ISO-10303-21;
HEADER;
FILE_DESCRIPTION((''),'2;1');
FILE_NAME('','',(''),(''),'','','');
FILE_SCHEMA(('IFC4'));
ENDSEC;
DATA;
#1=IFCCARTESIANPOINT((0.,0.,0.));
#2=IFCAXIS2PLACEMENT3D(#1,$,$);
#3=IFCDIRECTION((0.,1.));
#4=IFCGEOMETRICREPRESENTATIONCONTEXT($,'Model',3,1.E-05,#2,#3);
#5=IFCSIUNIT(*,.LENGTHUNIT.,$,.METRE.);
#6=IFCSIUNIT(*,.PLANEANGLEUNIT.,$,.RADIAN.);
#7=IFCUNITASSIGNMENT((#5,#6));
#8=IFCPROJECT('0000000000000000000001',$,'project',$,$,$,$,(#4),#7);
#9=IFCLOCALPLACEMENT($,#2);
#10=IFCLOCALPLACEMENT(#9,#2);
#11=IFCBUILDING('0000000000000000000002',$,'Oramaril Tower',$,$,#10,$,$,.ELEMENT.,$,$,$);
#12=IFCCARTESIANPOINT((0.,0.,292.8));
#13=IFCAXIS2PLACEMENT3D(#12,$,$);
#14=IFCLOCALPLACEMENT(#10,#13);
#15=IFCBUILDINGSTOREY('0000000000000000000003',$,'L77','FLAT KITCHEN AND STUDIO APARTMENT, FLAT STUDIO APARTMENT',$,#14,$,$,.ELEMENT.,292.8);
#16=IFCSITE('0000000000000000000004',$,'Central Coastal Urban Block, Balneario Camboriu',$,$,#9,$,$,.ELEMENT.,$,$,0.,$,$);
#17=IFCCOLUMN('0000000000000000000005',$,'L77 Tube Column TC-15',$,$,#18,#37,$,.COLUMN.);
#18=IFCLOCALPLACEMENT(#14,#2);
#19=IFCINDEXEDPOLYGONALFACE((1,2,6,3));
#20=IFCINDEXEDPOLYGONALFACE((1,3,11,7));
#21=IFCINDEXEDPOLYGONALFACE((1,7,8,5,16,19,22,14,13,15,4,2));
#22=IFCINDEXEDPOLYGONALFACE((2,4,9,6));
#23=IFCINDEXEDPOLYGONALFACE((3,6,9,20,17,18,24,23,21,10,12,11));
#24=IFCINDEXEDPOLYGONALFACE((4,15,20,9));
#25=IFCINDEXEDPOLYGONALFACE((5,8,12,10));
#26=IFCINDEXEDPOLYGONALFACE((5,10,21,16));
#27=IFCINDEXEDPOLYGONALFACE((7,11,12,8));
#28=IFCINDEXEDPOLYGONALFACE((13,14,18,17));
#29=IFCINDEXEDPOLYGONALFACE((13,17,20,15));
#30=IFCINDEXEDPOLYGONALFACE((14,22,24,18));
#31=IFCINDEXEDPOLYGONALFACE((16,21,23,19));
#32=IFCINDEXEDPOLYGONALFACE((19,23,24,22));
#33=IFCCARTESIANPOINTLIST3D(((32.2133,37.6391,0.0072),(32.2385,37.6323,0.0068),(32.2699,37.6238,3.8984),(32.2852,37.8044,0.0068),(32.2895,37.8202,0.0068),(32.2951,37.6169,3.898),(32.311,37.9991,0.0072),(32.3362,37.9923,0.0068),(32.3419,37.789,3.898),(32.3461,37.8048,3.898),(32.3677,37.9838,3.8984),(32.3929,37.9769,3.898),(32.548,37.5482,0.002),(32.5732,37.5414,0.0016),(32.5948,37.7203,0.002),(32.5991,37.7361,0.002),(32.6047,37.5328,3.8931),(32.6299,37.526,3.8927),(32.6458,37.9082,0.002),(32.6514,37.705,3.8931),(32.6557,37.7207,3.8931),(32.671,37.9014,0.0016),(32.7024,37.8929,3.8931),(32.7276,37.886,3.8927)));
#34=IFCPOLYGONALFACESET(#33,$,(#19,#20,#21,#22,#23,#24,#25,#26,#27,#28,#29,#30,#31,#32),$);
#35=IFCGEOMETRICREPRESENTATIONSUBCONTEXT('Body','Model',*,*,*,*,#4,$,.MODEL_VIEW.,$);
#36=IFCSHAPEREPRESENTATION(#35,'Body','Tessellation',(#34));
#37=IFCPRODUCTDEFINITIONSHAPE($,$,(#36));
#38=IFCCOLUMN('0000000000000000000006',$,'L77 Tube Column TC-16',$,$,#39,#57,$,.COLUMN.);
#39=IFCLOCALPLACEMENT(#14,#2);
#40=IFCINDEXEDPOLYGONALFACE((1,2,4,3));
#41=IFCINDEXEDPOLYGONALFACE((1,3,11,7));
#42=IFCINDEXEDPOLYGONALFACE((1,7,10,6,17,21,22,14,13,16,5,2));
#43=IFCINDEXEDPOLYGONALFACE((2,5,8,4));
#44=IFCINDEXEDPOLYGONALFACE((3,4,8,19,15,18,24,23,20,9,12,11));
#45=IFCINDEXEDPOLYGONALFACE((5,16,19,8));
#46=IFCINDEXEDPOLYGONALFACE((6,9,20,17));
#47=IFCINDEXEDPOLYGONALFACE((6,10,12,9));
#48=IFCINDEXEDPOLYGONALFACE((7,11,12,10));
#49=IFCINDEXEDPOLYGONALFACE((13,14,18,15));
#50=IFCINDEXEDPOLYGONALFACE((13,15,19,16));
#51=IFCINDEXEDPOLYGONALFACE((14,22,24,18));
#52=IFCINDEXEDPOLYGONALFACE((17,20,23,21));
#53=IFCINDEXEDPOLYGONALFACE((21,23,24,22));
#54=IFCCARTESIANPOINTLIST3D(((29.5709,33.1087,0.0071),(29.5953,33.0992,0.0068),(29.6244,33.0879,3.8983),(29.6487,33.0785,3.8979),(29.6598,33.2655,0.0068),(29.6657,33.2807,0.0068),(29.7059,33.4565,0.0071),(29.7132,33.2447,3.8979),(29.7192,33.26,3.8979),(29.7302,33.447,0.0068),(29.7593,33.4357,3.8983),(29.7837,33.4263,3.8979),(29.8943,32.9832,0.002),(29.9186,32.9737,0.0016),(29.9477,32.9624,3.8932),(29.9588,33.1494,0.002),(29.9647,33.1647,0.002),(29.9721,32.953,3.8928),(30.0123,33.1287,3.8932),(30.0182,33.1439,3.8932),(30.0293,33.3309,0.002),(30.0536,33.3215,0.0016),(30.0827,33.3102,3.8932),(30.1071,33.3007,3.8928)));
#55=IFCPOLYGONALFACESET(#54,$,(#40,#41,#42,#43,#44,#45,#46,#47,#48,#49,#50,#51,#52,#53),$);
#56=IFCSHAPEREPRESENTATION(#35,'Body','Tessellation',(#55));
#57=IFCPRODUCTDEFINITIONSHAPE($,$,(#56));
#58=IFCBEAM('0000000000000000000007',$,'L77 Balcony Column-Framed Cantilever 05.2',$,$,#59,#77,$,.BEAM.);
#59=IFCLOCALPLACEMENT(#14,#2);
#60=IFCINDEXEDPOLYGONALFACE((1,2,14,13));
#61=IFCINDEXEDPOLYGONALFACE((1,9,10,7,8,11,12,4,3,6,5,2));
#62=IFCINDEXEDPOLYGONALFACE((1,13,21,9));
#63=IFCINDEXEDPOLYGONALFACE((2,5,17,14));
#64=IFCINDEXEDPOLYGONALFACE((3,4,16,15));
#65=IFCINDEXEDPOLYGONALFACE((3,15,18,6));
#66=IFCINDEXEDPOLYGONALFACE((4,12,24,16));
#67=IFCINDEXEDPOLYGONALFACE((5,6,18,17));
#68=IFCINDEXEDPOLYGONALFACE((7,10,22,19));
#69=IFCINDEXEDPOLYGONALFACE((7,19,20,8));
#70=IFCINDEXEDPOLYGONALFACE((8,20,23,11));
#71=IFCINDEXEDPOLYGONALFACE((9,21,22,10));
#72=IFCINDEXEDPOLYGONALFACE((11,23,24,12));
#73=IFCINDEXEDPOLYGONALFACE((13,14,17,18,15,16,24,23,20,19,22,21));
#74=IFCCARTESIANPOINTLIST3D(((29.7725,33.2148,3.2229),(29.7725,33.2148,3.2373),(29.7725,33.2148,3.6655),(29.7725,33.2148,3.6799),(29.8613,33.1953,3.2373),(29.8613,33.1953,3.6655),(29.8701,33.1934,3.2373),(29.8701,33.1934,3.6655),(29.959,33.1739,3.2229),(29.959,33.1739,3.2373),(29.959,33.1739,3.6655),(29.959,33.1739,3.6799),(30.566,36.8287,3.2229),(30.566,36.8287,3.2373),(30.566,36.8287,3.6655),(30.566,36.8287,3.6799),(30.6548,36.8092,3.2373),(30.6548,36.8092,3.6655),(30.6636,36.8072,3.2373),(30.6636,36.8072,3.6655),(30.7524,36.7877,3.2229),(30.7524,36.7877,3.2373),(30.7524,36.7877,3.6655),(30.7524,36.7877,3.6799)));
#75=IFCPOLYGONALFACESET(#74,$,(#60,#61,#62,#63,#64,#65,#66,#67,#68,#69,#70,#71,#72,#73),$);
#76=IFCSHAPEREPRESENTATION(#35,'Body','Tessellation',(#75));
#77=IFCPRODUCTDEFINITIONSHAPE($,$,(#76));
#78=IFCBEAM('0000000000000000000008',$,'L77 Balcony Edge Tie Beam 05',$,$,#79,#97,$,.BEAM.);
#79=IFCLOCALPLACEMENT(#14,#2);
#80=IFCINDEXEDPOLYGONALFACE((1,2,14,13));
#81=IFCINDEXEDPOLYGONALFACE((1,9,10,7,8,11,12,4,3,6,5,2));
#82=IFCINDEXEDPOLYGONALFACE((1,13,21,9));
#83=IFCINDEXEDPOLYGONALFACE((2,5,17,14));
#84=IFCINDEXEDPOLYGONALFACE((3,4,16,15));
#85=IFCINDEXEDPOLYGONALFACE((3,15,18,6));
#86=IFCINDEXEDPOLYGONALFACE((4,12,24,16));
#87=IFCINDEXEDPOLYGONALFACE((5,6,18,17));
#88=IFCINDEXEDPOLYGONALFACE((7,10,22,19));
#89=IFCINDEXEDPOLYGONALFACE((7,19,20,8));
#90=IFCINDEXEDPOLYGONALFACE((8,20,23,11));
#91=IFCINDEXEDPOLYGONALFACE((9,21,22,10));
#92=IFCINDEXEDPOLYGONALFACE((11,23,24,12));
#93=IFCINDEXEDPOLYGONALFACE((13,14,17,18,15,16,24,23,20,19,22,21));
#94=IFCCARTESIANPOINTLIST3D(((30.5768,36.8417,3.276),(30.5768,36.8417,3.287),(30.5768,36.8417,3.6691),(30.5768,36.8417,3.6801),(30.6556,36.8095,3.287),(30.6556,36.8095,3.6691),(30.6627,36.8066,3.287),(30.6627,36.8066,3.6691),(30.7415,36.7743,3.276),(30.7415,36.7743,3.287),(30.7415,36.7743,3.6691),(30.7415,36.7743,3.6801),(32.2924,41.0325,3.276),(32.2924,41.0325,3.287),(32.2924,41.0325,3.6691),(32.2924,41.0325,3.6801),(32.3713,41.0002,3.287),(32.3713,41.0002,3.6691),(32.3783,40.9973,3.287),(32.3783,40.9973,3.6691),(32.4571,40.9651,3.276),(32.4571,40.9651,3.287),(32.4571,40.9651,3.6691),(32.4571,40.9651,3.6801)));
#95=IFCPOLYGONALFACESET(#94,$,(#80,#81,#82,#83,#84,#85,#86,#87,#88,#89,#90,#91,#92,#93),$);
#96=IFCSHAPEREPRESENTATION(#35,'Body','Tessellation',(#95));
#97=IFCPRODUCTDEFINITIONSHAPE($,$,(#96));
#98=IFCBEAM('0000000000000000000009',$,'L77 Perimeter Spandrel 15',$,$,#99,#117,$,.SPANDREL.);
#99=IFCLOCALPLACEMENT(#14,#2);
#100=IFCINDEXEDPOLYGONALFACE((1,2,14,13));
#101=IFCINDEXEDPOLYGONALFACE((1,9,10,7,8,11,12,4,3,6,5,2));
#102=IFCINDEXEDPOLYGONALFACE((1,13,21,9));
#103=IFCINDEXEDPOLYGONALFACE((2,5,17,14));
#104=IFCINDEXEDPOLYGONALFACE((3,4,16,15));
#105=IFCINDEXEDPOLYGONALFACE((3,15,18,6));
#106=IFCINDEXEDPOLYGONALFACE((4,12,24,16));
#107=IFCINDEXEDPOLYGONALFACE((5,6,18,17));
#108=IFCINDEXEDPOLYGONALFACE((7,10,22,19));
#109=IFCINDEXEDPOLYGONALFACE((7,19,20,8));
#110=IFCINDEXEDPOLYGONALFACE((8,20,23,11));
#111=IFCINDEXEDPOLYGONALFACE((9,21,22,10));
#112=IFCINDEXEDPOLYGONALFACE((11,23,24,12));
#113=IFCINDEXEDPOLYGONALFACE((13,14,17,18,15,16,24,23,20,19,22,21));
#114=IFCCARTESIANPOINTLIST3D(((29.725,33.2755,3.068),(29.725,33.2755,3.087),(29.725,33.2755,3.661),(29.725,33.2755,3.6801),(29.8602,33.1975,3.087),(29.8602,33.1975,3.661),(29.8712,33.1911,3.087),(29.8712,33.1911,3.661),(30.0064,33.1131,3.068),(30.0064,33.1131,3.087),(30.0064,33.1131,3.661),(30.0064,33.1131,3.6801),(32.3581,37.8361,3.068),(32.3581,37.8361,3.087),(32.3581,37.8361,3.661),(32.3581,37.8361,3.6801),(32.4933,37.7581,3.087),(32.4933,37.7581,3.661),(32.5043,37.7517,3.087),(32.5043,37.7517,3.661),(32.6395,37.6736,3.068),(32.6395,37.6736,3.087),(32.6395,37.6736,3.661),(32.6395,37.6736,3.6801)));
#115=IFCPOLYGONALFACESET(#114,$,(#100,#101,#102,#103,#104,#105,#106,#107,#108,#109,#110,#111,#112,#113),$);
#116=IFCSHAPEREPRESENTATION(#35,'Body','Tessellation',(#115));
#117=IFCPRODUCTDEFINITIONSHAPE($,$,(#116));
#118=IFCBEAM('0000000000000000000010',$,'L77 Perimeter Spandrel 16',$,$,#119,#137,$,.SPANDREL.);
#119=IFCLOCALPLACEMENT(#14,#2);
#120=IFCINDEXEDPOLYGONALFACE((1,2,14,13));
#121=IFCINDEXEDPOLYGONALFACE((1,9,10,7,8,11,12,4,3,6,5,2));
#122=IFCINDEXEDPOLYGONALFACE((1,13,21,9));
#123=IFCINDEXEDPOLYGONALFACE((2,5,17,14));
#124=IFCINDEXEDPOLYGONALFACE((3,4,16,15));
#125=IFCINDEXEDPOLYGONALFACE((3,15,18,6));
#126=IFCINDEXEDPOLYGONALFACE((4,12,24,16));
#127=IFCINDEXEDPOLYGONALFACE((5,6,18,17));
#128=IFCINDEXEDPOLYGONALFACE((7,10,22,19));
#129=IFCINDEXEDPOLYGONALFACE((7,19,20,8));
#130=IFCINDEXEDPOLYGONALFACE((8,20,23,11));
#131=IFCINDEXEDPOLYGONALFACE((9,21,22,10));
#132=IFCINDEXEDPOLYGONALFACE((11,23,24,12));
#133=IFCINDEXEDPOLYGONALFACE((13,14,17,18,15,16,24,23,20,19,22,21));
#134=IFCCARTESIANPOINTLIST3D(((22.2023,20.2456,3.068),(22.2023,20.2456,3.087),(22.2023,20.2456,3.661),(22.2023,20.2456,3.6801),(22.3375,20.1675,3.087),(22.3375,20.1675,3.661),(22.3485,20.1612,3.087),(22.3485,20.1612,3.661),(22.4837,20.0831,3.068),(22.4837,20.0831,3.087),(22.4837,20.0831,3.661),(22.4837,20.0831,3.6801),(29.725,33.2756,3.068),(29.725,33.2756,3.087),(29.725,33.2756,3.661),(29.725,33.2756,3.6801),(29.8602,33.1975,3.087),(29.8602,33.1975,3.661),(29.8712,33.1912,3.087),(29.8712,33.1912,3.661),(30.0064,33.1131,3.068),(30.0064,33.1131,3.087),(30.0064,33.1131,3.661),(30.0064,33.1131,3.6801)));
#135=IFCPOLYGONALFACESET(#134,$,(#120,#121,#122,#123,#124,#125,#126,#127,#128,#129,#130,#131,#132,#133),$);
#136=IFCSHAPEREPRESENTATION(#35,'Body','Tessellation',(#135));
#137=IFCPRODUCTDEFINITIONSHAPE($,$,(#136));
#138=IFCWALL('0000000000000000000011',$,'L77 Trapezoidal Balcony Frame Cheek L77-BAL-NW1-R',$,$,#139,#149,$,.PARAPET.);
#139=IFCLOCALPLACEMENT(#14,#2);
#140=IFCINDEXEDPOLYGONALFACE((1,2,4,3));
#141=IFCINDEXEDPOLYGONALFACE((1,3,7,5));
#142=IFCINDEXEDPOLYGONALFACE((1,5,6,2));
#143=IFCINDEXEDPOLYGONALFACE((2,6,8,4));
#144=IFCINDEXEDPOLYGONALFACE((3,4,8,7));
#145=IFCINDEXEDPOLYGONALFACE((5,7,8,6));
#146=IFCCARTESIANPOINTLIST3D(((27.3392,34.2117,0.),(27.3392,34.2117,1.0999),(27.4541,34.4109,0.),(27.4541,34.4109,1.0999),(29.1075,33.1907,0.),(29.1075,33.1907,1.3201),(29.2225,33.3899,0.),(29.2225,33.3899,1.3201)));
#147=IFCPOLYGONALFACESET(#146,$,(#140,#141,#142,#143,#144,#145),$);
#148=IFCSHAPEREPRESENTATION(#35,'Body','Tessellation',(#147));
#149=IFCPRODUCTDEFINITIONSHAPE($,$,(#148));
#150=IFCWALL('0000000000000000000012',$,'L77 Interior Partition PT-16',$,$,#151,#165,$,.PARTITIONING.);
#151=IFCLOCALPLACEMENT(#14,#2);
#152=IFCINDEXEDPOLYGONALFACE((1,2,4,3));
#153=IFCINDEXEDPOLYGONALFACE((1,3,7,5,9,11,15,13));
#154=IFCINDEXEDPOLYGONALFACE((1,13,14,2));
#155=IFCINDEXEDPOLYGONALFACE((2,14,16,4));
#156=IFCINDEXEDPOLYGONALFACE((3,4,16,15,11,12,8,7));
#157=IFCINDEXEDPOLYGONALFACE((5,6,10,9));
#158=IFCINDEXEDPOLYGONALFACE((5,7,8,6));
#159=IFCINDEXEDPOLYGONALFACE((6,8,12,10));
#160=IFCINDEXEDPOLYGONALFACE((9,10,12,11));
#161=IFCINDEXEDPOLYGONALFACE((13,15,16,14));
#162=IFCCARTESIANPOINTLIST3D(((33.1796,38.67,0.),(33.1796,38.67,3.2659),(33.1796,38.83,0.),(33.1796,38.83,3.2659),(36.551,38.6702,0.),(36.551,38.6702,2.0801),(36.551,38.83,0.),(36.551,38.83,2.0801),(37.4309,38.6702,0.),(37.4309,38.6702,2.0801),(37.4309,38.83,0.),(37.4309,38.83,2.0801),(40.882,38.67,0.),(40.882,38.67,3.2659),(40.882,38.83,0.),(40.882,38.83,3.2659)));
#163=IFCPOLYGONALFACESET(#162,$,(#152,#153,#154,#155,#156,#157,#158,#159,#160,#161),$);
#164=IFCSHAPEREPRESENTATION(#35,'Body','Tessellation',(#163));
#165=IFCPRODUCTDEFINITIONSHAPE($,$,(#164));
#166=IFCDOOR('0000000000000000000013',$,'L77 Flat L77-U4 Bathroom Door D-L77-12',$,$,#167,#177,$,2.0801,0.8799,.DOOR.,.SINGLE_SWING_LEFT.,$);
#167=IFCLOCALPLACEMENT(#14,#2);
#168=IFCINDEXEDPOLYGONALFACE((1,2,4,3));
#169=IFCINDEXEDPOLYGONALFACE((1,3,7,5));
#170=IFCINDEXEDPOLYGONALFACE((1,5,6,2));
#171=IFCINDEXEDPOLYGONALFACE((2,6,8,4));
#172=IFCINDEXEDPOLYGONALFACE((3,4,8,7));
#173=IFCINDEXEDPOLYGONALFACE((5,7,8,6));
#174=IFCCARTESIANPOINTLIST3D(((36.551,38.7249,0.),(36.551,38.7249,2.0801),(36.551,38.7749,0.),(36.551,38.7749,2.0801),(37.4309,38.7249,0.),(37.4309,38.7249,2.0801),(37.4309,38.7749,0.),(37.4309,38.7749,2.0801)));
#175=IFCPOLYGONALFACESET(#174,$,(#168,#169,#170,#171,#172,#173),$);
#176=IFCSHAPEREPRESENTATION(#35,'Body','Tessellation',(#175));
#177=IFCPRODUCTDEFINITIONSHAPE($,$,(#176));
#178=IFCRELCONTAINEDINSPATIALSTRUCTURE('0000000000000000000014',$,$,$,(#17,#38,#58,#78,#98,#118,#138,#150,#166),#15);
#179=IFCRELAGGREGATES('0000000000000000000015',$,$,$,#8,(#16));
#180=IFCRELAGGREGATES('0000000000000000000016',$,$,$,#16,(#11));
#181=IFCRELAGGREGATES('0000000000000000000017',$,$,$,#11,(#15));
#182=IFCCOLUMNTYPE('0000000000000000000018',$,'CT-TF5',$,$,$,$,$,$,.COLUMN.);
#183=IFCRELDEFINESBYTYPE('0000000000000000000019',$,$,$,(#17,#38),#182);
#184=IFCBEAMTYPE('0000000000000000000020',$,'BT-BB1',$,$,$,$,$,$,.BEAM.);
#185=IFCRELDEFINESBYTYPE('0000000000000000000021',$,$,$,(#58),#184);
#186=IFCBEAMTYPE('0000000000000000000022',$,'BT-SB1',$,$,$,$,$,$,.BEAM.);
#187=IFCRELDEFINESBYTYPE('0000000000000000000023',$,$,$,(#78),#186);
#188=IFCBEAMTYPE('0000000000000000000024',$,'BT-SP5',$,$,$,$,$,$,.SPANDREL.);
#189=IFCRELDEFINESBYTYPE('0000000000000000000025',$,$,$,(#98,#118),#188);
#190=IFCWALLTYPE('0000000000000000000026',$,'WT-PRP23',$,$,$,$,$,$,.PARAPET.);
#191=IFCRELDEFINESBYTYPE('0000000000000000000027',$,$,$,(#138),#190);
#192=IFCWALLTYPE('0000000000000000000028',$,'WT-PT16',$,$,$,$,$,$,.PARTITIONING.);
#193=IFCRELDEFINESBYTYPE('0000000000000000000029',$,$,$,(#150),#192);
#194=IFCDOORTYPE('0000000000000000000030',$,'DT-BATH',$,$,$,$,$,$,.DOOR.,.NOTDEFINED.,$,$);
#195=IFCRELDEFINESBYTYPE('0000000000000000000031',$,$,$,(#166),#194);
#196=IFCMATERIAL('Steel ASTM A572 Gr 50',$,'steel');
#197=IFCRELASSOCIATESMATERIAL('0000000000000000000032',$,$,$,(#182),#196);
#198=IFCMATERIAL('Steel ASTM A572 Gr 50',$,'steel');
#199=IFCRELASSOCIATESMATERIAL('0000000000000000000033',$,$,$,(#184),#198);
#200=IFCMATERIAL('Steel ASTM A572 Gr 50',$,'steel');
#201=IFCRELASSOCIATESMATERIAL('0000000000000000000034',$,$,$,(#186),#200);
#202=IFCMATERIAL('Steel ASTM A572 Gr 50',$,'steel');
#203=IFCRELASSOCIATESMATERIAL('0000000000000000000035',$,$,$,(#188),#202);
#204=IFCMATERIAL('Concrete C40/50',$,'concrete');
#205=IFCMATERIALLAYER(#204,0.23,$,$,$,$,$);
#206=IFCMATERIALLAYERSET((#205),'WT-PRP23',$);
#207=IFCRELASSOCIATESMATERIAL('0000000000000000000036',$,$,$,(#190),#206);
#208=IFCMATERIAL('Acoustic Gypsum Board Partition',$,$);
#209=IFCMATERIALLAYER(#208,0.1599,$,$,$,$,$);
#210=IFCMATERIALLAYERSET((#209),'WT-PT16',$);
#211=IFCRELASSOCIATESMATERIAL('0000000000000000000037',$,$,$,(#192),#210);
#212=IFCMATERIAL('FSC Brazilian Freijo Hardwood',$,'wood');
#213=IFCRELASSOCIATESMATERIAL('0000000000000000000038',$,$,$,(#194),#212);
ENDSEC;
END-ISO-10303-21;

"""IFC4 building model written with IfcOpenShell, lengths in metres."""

from ifc_helpers import new_model, si_unit, direction, frame, frame_2d, origin, origin_2d, place, context, subcontext, project, spatial, polyline, rectangle, i_section, outline, extrude, material, layer, layer_set, material_profile, profile_set, type_object, element, fill, save


model = new_model("IFC4")

# Units and contexts
model_context = context("Model", 3, precision=1e-05, world=origin(), true_north=direction((0.0, 1.0)))
body_context = subcontext(model_context, "Body", "Model", "MODEL_VIEW")
ifc_project = project(units=[si_unit("LENGTHUNIT", "METRE"), si_unit("PLANEANGLEUNIT", "RADIAN")], contexts=[model_context])

# Site, building, storey
site_placement = place(None, origin())
site = spatial("IfcSite", under=ifc_project, at=site_placement, Name="Central Coastal Urban Block, Balneario Camboriu", CompositionType="ELEMENT", RefElevation=0.0)
building_placement = place(site_placement, origin())
building = spatial("IfcBuilding", under=site, at=building_placement, Name="Oramaril Tower", CompositionType="ELEMENT")
storey_placement = place(building_placement, frame((0.0, 0.0, 292.8)))
storey = spatial("IfcBuildingStorey", under=building, at=storey_placement, Name="L77", Description="FLAT KITCHEN AND STUDIO APARTMENT, FLAT STUDIO APARTMENT", CompositionType="ELEMENT", Elevation=292.8)

# Columns
ifc_material_1 = material(Name="Steel ASTM A572 Gr 50", Category="steel")
ifc_material_profile_1 = material_profile(ifc_material_1, i_section(OverallWidth=0.373, OverallDepth=0.373, WebThickness=0.0164, FlangeThickness=0.0261, at=origin_2d()), Name="W14X132")
ifc_profile_set_1 = profile_set([ifc_material_profile_1], Name="Steel ASTM A572 Gr 50")
column_type = type_object("IfcColumnType", Name="CT-TF5", PredefinedType="COLUMN", material=ifc_profile_set_1)
for number, where, z_axis, x_axis, name in (
    (1, (32.4421, 37.7703, 0.0044), (0.014555, -0.003952, 0.999886), (0.262061, 0.965051, 0.0), "L77 Tube Column TC-15"),
    (2, (29.8123, 33.2151, 0.0044), (0.013739, -0.005333, 0.999891), (0.36183, 0.932244, 0.0), "L77 Tube Column TC-16"),
):
    element("IfcColumn", number, at=place(storey_placement, frame(where, z_axis=z_axis, x_axis=x_axis)), inside=storey, type_object=column_type, Name=name, PredefinedType="COLUMN", context=body_context, shape_type="SweptSolid", body=[
        extrude(i_section(OverallWidth=0.373, OverallDepth=0.373, WebThickness=0.0164, FlangeThickness=0.0261, at=origin_2d()), origin(), (0.0, 0.0, 1.0), 3.8916),
    ])

# Beams
ifc_material_2 = material(Name="Steel ASTM A572 Gr 50", Category="steel")
ifc_material_profile_2 = material_profile(ifc_material_2, i_section(OverallWidth=0.1909, OverallDepth=0.457, WebThickness=0.009, FlangeThickness=0.0144, at=origin_2d()), Name="W18X50")
ifc_profile_set_2 = profile_set([ifc_material_profile_2], Name="Steel ASTM A572 Gr 50")
beam_type_1 = type_object("IfcBeamType", Name="BT-BB1", PredefinedType="BEAM", material=ifc_profile_set_2)
beam_1_placement = place(storey_placement, frame((29.8657, 33.1943, 3.4514), z_axis=(0.214456, 0.976734, 0.0), x_axis=(-0.976734, 0.214456, 0.0)))
element("IfcBeam", 3, at=beam_1_placement, inside=storey, type_object=beam_type_1, Name="L77 Balcony Column-Framed Cantilever 05.2", PredefinedType="BEAM", context=body_context, shape_type="SweptSolid", body=[
    extrude(i_section(OverallWidth=0.1909, OverallDepth=0.457, WebThickness=0.009, FlangeThickness=0.0144, at=origin_2d()), origin(), (0.0, 0.0, 1.0), 3.7),
])
ifc_material_3 = material(Name="Steel ASTM A572 Gr 50", Category="steel")
ifc_material_profile_3 = material_profile(ifc_material_3, i_section(OverallWidth=0.178, OverallDepth=0.4041, WebThickness=0.0076, FlangeThickness=0.011, at=origin_2d()), Name="W16X36")
ifc_profile_set_3 = profile_set([ifc_material_profile_3], Name="Steel ASTM A572 Gr 50")
beam_type_2 = type_object("IfcBeamType", Name="BT-SB1", PredefinedType="BEAM", material=ifc_profile_set_3)
beam_2_placement = place(storey_placement, frame((32.3748, 40.9988, 3.478), z_axis=(-0.378862, -0.925453, 0.0), x_axis=(0.925453, -0.378862, 0.0)))
element("IfcBeam", 4, at=beam_2_placement, inside=storey, type_object=beam_type_2, Name="L77 Balcony Edge Tie Beam 05", PredefinedType="BEAM", context=body_context, shape_type="SweptSolid", body=[
    extrude(i_section(OverallWidth=0.178, OverallDepth=0.4041, WebThickness=0.0076, FlangeThickness=0.011, at=origin_2d()), origin(), (0.0, 0.0, 1.0), 4.5283),
])
ifc_material_4 = material(Name="Steel ASTM A572 Gr 50", Category="steel")
ifc_material_profile_4 = material_profile(ifc_material_4, i_section(OverallWidth=0.325, OverallDepth=0.6121, WebThickness=0.0127, FlangeThickness=0.019, at=origin_2d()), Name="W24X104")
ifc_profile_set_4 = profile_set([ifc_material_profile_4], Name="Steel ASTM A572 Gr 50")
beam_type_3 = type_object("IfcBeamType", Name="BT-SP5", PredefinedType="SPANDREL", material=ifc_profile_set_4)
beam_3_placement = place(storey_placement, frame((32.4988, 37.7549, 3.374), z_axis=(-0.500003, -0.866023, 0.0), x_axis=(0.866023, -0.500003, 0.0)))
element("IfcBeam", 5, at=beam_3_placement, inside=storey, type_object=beam_type_3, Name="L77 Perimeter Spandrel 15", PredefinedType="SPANDREL", context=body_context, shape_type="SweptSolid", body=[
    extrude(i_section(OverallWidth=0.325, OverallDepth=0.6121, WebThickness=0.0127, FlangeThickness=0.019, at=origin_2d()), origin(), (0.0, 0.0, 1.0), 5.2661),
])
beam_4_placement = place(storey_placement, frame((29.8657, 33.1943, 3.374), z_axis=(-0.499991, -0.866031, 0.0), x_axis=(0.866031, -0.499991, 0.0)))
element("IfcBeam", 6, at=beam_4_placement, inside=storey, type_object=beam_type_3, Name="L77 Perimeter Spandrel 16", PredefinedType="SPANDREL", context=body_context, shape_type="SweptSolid", body=[
    extrude(i_section(OverallWidth=0.325, OverallDepth=0.6121, WebThickness=0.0127, FlangeThickness=0.019, at=origin_2d()), origin(), (0.0, 0.0, 1.0), 15.0457),
])

# Wall
ifc_material_5 = material(Name="Concrete C40/50", Category="concrete")
ifc_layer_1 = layer(ifc_material_5, 0.23)
ifc_layer_set_1 = layer_set([ifc_layer_1], Name="WT-PRP23")
wall_type_1 = type_object("IfcWallType", Name="WT-PRP23", PredefinedType="PARAPET", material=ifc_layer_set_1)
wall_1_placement = place(storey_placement, frame((29.165, 33.2903, 0.0), z_axis=(0.0, 0.0, 1.0), x_axis=(-0.866012, 0.500023, 0.0)))
element("IfcWall", 7, at=wall_1_placement, inside=storey, type_object=wall_type_1, Name="L77 Trapezoidal Balcony Frame Cheek L77-BAL-NW1-R", PredefinedType="PARAPET", context=body_context, shape_type="SweptSolid", body=[
    extrude(outline(polyline([(0.0, 0.0), (2.042, 0.0), (2.042, 1.0999), (0.0, 1.3201), (0.0, 0.0)])), frame((0.0, 0.115, 0.0), z_axis=(0.0, -1.0, 0.0), x_axis=(1.0, 0.0, 0.0)), (0.0, 0.0, 1.0), 0.23),
])

# Wall, opening, door
ifc_material_6 = material(Name="Acoustic Gypsum Board Partition")
ifc_layer_2 = layer(ifc_material_6, 0.1599)
ifc_layer_set_2 = layer_set([ifc_layer_2], Name="WT-PT16")
wall_type_2 = type_object("IfcWallType", Name="WT-PT16", PredefinedType="PARTITIONING", material=ifc_layer_set_2)
wall_2_placement = place(storey_placement, frame((33.1797, 38.75, 0.0), z_axis=(0.0, 0.0, 1.0), x_axis=(1.0, 0.0, 0.0)))
wall_2 = element("IfcWall", 8, at=wall_2_placement, inside=storey, type_object=wall_type_2, Name="L77 Interior Partition PT-16", PredefinedType="PARTITIONING", context=body_context, shape_type="SweptSolid", body=[
    extrude(rectangle(XDim=7.7024, YDim=0.1599, at=frame_2d((3.8511, 0.0))), origin(), (0.0, 0.0, 1.0), 3.2659),
])
opening_1_placement = place(wall_2_placement, frame((3.3713, 0.0, 0.0)))
opening_1 = element("IfcOpeningElement", 9, at=opening_1_placement, cuts=wall_2, PredefinedType="OPENING", context=body_context, shape_type="SweptSolid", body=[
    extrude(rectangle(XDim=0.8799, YDim=2.0801, at=frame_2d((0.4399, 1.04))), frame((0.0, 0.0801, 0.0), z_axis=(0.0, -1.0, 0.0), x_axis=(1.0, 0.0, 0.0)), (0.0, 0.0, 1.0), 0.1599),
])
ifc_material_7 = material(Name="FSC Brazilian Freijo Hardwood", Category="wood")
door_type_1 = type_object("IfcDoorType", Name="DT-BATH", OperationType="NOTDEFINED", PredefinedType="DOOR", material=ifc_material_7)
door_1_placement = place(opening_1_placement, origin())
door_1 = element("IfcDoor", 10, at=door_1_placement, inside=storey, type_object=door_type_1, Name="L77 Flat L77-U4 Bathroom Door D-L77-12", OperationType="SINGLE_SWING_LEFT", OverallHeight=2.0801, OverallWidth=0.8799, PredefinedType="DOOR", context=body_context, shape_type="SweptSolid", body=[
    extrude(rectangle(XDim=0.8799, YDim=2.0801, at=frame_2d((0.4399, 1.04))), frame((0.0, 0.0249, 0.0), z_axis=(0.0, -1.0, 0.0), x_axis=(1.0, 0.0, 0.0)), (0.0, 0.0, 1.0), 0.05),
])
fill(opening_1, door_1)

save(model, "model.ifc")
